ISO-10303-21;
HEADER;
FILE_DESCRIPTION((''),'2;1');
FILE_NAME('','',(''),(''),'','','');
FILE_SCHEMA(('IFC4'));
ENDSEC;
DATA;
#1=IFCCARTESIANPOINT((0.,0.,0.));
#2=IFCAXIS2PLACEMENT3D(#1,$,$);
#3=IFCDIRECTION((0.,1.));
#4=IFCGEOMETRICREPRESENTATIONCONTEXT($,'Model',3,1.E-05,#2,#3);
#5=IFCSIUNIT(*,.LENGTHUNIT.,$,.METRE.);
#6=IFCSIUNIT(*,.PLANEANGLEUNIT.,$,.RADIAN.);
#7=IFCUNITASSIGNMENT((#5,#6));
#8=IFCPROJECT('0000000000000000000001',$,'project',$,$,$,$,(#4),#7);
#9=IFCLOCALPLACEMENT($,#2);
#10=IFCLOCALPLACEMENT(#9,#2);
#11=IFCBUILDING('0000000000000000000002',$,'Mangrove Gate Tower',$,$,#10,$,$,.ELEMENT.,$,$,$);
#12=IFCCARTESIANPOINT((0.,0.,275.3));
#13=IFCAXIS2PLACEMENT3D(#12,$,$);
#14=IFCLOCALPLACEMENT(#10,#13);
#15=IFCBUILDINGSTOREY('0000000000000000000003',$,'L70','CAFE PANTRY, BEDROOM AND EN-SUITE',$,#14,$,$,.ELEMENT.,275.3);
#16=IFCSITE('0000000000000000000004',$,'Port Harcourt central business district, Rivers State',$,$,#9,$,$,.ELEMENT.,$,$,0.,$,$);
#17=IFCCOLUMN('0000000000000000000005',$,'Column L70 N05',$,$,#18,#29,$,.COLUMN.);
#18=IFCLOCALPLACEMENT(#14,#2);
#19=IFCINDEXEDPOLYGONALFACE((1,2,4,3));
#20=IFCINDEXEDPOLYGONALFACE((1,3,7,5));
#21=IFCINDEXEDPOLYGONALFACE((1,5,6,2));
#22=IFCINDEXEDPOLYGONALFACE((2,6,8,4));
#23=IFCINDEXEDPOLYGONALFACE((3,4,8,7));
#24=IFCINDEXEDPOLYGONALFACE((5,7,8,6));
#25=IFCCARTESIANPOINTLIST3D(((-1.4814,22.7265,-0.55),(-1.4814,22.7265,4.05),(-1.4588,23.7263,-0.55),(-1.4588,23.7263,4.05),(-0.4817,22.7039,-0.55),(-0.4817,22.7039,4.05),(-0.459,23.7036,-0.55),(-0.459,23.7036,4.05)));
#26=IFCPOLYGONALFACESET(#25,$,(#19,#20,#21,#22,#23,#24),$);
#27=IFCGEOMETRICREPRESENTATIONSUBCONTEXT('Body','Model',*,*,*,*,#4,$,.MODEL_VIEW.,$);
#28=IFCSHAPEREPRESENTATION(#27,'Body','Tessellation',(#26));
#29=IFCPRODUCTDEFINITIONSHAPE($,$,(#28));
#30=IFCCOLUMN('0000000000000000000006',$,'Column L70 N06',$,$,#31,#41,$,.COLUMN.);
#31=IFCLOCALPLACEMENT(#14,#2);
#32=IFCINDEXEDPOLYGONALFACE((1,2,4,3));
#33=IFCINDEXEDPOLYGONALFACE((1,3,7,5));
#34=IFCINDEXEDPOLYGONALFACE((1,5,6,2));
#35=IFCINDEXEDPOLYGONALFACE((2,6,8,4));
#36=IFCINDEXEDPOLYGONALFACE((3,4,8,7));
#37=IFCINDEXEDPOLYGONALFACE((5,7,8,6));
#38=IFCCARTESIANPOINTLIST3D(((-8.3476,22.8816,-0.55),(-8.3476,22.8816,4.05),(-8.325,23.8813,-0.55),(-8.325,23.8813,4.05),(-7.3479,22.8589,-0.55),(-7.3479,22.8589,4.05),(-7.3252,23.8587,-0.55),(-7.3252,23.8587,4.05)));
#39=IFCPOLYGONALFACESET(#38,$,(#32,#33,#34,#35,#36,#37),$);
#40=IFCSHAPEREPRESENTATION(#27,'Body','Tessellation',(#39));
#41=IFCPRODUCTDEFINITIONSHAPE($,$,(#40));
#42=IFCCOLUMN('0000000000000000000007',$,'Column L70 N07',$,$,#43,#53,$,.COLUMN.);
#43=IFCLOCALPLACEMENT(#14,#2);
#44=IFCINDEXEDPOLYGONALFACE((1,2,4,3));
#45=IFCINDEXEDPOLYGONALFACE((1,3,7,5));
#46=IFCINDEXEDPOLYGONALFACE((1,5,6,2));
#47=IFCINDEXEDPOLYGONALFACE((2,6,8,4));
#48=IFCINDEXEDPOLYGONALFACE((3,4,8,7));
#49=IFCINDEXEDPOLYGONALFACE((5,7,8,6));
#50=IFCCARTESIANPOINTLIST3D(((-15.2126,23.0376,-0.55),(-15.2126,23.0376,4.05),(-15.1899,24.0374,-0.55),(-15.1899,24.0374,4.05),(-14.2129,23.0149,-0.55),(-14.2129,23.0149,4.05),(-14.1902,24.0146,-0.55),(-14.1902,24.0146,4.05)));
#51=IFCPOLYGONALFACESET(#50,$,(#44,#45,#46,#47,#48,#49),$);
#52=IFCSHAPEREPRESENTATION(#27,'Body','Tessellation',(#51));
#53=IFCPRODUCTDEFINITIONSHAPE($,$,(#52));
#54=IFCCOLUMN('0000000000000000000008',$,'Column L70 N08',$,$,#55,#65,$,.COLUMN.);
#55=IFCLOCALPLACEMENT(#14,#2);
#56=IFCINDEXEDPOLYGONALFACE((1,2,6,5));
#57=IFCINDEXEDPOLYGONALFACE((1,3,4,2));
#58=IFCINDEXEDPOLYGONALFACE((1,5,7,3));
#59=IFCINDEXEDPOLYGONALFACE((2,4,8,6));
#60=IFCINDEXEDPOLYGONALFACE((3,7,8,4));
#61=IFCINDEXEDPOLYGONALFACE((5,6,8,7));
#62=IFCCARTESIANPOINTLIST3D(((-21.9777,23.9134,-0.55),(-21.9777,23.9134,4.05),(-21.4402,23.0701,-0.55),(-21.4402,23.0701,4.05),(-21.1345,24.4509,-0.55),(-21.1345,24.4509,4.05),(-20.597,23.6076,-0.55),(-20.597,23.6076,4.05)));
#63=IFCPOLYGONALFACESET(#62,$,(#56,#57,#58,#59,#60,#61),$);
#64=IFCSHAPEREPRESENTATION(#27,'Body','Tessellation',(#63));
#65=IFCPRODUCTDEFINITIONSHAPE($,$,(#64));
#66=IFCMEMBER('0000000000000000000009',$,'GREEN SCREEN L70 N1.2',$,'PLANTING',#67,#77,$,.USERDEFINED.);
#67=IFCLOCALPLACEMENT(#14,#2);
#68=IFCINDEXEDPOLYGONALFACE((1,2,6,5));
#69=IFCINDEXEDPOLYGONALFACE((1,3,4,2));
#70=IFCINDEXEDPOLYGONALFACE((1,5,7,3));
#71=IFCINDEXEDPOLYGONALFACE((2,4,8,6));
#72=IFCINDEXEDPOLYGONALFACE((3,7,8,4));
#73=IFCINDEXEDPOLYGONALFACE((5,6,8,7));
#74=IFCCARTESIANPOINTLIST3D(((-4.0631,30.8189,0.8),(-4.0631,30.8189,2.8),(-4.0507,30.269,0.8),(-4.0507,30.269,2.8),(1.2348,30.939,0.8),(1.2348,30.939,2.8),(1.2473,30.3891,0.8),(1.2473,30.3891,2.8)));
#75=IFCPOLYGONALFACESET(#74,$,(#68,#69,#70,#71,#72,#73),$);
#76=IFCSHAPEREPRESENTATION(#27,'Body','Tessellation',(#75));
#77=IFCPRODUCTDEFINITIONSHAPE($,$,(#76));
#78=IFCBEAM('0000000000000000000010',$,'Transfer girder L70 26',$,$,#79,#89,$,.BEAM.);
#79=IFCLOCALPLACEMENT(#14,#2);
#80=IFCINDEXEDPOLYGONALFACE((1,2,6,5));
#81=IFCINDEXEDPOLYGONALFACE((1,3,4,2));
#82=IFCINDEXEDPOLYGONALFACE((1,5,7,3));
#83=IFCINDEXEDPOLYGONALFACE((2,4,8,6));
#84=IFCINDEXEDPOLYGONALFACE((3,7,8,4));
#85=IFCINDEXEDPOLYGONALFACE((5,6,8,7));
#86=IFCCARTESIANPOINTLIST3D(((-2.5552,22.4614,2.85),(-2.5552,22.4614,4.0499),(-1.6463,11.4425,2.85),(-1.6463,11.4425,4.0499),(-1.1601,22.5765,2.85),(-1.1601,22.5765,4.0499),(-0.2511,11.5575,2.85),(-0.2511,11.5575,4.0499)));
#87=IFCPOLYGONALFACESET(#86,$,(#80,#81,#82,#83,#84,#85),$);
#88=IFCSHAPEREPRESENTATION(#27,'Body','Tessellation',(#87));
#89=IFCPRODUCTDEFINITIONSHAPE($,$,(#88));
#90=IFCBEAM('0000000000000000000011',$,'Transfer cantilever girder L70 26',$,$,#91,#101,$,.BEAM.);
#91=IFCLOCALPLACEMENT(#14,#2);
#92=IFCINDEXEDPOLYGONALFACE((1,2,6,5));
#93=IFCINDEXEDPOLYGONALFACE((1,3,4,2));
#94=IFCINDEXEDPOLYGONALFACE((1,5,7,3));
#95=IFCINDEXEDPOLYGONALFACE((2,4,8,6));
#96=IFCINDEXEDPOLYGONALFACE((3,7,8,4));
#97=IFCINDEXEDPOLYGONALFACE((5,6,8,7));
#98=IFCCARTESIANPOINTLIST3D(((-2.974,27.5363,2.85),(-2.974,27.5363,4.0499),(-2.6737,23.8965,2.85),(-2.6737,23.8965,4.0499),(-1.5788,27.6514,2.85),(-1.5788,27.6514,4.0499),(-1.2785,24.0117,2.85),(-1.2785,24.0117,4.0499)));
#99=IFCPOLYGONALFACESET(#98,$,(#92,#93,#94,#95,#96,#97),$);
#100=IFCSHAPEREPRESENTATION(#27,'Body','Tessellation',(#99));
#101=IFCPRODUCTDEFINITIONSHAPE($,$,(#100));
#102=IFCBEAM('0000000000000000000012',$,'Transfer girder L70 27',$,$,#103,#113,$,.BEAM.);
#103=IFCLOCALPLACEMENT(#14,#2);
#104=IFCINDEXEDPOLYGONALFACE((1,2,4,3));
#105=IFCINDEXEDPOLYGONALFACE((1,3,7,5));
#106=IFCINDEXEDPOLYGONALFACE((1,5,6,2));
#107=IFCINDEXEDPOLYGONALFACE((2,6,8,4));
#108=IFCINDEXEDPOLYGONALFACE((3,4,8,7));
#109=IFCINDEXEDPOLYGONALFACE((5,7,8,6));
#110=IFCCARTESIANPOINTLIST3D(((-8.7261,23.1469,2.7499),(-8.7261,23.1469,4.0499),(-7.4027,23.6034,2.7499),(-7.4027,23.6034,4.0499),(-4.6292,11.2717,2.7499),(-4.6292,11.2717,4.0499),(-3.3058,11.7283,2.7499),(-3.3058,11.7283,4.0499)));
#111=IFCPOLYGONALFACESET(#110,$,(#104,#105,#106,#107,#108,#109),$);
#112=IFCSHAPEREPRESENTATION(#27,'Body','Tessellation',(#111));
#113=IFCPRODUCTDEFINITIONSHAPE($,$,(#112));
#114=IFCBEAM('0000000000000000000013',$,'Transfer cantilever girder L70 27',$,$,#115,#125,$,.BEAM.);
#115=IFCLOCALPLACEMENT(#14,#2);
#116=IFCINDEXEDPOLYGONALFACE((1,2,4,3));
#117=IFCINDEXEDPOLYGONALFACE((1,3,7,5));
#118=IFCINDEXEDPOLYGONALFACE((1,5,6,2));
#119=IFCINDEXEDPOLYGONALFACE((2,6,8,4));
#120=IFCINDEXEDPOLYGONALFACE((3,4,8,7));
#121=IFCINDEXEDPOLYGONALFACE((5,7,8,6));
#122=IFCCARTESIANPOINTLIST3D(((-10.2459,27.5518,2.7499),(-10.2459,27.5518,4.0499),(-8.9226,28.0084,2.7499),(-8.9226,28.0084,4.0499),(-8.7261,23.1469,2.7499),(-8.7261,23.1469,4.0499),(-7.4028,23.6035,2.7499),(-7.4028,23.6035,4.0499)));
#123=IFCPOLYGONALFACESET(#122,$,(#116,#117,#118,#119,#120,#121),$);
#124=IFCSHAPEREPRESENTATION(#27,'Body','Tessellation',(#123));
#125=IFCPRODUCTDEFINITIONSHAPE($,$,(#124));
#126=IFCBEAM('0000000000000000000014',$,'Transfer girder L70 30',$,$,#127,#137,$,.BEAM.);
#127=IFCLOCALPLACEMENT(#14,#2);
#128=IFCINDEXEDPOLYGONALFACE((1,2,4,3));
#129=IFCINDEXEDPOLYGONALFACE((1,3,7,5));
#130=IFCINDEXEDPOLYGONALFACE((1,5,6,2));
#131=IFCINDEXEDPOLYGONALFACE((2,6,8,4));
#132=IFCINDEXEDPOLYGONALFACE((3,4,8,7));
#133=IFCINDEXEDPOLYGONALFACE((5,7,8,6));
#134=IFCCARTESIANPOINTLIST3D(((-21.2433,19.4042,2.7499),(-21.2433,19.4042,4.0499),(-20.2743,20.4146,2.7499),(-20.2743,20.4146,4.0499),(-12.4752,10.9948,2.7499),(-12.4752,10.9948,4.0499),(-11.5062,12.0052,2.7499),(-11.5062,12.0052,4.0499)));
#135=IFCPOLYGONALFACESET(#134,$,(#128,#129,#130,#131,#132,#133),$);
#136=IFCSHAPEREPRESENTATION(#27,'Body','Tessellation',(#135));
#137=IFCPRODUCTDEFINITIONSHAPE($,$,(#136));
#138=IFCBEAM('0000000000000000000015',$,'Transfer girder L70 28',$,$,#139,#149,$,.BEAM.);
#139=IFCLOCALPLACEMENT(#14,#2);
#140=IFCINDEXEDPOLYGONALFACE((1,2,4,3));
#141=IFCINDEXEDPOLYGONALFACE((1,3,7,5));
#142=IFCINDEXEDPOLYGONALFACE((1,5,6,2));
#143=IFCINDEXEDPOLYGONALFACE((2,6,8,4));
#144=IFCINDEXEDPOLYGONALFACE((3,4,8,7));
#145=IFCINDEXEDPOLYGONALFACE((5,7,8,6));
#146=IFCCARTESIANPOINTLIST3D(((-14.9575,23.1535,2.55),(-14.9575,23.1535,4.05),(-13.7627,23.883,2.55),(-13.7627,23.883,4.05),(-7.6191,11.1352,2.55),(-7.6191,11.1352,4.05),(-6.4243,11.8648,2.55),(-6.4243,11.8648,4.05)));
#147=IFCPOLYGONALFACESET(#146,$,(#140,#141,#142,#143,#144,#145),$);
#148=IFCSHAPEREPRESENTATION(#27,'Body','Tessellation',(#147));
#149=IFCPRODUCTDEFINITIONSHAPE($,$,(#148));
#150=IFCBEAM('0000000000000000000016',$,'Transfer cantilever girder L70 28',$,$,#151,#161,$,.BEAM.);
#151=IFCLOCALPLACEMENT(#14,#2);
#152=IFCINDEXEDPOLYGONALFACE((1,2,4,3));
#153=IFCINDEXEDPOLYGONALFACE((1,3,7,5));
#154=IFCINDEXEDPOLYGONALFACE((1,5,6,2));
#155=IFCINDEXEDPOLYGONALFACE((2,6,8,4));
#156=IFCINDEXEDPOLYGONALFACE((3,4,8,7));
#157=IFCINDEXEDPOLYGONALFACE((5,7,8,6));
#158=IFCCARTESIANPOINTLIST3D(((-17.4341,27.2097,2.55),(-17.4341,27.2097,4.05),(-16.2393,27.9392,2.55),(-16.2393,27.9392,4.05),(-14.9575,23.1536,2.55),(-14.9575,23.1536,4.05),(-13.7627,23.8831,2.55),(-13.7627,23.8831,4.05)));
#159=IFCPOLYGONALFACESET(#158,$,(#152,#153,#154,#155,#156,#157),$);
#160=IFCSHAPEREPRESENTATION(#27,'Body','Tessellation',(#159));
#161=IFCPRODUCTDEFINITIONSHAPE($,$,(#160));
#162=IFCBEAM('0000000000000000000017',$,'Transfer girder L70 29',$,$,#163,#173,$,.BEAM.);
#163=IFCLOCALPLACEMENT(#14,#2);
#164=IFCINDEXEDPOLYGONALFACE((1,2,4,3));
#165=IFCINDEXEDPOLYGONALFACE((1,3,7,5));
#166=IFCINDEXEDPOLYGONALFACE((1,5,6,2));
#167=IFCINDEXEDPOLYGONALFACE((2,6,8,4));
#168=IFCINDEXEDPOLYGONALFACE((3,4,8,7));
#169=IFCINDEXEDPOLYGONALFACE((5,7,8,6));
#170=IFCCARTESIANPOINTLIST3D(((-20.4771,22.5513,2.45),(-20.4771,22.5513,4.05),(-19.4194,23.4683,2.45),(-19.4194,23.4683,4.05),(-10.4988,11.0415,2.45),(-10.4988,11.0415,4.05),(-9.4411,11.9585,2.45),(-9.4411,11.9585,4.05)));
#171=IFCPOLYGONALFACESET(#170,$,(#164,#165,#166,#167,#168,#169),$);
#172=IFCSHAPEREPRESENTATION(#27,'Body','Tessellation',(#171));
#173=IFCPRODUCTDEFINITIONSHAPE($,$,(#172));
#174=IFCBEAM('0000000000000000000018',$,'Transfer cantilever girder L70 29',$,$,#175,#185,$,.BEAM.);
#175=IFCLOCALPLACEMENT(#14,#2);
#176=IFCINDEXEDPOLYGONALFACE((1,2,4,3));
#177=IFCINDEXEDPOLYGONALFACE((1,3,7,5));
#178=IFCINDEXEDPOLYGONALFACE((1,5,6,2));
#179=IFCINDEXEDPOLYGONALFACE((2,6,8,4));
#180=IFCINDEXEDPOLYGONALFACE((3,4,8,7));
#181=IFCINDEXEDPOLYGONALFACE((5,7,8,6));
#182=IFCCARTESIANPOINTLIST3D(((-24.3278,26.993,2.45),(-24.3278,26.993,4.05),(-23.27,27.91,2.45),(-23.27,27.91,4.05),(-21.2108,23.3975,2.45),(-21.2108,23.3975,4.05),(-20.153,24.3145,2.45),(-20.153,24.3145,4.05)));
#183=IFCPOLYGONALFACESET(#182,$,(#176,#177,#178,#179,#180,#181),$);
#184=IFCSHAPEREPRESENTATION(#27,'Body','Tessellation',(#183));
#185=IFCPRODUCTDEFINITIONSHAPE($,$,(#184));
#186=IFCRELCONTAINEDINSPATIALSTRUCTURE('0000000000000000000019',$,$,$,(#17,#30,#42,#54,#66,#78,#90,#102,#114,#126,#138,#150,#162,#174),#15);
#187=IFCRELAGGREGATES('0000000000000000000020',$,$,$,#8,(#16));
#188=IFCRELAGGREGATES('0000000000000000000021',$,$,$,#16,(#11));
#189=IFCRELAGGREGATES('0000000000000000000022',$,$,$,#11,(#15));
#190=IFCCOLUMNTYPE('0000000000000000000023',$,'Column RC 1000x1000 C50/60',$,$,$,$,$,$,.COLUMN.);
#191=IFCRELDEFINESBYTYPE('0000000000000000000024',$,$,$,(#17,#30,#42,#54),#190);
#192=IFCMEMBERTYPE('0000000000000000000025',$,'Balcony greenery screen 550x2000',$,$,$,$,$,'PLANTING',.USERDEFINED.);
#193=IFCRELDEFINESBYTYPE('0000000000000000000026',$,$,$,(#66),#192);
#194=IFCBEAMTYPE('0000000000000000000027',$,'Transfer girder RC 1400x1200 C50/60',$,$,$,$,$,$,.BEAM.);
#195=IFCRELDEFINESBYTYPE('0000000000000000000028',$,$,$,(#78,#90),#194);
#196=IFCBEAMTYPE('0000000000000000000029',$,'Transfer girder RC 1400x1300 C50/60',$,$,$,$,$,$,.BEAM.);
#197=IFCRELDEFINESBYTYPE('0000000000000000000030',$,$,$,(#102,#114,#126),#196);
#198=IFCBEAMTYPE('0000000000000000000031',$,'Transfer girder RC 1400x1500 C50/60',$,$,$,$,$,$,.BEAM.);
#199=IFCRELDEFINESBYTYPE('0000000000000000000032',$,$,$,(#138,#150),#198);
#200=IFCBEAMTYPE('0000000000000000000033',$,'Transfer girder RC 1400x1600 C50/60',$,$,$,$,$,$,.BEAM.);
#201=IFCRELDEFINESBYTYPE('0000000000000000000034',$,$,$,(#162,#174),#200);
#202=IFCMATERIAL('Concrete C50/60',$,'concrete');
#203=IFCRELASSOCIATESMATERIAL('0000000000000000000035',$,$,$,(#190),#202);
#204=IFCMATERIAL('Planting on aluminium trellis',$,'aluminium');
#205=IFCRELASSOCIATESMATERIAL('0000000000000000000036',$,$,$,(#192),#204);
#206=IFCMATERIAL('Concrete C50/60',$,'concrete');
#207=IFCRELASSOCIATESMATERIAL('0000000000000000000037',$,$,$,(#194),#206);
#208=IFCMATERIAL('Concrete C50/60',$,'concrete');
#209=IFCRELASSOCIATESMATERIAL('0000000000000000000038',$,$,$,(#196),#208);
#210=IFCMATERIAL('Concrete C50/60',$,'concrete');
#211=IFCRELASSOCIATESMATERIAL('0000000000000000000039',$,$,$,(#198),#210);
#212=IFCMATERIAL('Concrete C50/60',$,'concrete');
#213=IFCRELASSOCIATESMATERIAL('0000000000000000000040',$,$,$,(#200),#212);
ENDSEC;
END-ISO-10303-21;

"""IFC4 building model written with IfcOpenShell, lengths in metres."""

from ifc_helpers import new_model, si_unit, direction, frame, origin, origin_2d, place, context, subcontext, project, spatial, rectangle, extrude, material, material_profile, profile_set, type_object, element, save


model = new_model("IFC4")

# Units and contexts
model_context = context("Model", 3, precision=1e-05, world=origin(), true_north=direction((0.0, 1.0)))
body_context = subcontext(model_context, "Body", "Model", "MODEL_VIEW")
ifc_project = project(units=[si_unit("LENGTHUNIT", "METRE"), si_unit("PLANEANGLEUNIT", "RADIAN")], contexts=[model_context])

# Site, building, storey
site_placement = place(None, origin())
site = spatial("IfcSite", under=ifc_project, at=site_placement, Name="Port Harcourt central business district, Rivers State", CompositionType="ELEMENT", RefElevation=0.0)
building_placement = place(site_placement, origin())
building = spatial("IfcBuilding", under=site, at=building_placement, Name="Mangrove Gate Tower", CompositionType="ELEMENT")
storey_placement = place(building_placement, frame((0.0, 0.0, 275.3)))
storey = spatial("IfcBuildingStorey", under=building, at=storey_placement, Name="L70", Description="CAFE PANTRY, BEDROOM AND EN-SUITE", CompositionType="ELEMENT", Elevation=275.3)

# Columns
ifc_material_1 = material(Name="Concrete C50/60", Category="concrete")
ifc_material_profile_1 = material_profile(ifc_material_1, rectangle(XDim=1.0, YDim=1.0, at=origin_2d()))
ifc_profile_set_1 = profile_set([ifc_material_profile_1], Name="Concrete C50/60")
column_type = type_object("IfcColumnType", Name="Column RC 1000x1000 C50/60", PredefinedType="COLUMN", material=ifc_profile_set_1)
for number, where, z_axis, x_axis, name in (
    (1, (-0.9702, 23.2151, -0.55), (0.0, 0.0, 1.0), (-0.999744, 0.022642, 0.0), "Column L70 N05"),
    (2, (-7.8364, 23.3701, -0.55), (0.0, 0.0, 1.0), (-0.999744, 0.022644, 0.0), "Column L70 N06"),
    (3, (-14.7014, 23.5261, -0.55), (0.0, 0.0, 1.0), (-0.999742, 0.022716, 0.0), "Column L70 N07"),
    (4, (-21.2874, 23.7605, -0.55), (0.0, 0.0, 1.0), (-0.843248, -0.537525, 0.0), "Column L70 N08"),
):
    element("IfcColumn", number, at=place(storey_placement, frame(where, z_axis=z_axis, x_axis=x_axis)), inside=storey, type_object=column_type, Name=name, PredefinedType="COLUMN", context=body_context, shape_type="SweptSolid", body=[
        extrude(rectangle(XDim=1.0, YDim=1.0, at=origin_2d()), origin(), (0.0, 0.0, 1.0), 4.6001),
    ])

# Member
ifc_material_2 = material(Name="Planting on aluminium trellis", Category="aluminium")
ifc_material_profile_2 = material_profile(ifc_material_2, rectangle(XDim=0.55, YDim=2.0, at=origin_2d()))
ifc_profile_set_2 = profile_set([ifc_material_profile_2], Name="Planting on aluminium trellis")
member_type = type_object("IfcMemberType", Name="Balcony greenery screen 550x2000", ElementType="PLANTING", PredefinedType="USERDEFINED", material=ifc_profile_set_2)
member_placement = place(storey_placement, frame((-4.0569, 30.5439, 1.8), z_axis=(0.999743, 0.022667, 0.0), x_axis=(-0.022667, 0.999743, 0.0)))
element("IfcMember", 5, at=member_placement, inside=storey, type_object=member_type, Name="GREEN SCREEN L70 N1.2", ObjectType="PLANTING", PredefinedType="USERDEFINED", context=body_context, shape_type="SweptSolid", body=[
    extrude(rectangle(XDim=0.55, YDim=2.0, at=origin_2d()), origin(), (0.0, 0.0, 1.0), 5.2993),
])

# Beams
ifc_material_3 = material(Name="Concrete C50/60", Category="concrete")
ifc_material_profile_3 = material_profile(ifc_material_3, rectangle(XDim=1.3999, YDim=1.2, at=origin_2d()))
ifc_profile_set_3 = profile_set([ifc_material_profile_3], Name="Concrete C50/60")
beam_type_1 = type_object("IfcBeamType", Name="Transfer girder RC 1400x1200 C50/60", PredefinedType="BEAM", material=ifc_profile_set_3)
beam_1_placement = place(storey_placement, frame((-0.9487, 11.5, 3.45), z_axis=(-0.082208, 0.996615, 0.0), x_axis=(-0.996615, -0.082208, 0.0)))
element("IfcBeam", 6, at=beam_1_placement, inside=storey, type_object=beam_type_1, Name="Transfer girder L70 26", PredefinedType="BEAM", context=body_context, shape_type="SweptSolid", body=[
    extrude(rectangle(XDim=1.3999, YDim=1.2, at=origin_2d()), origin(), (0.0, 0.0, 1.0), 11.0564),
])
beam_2_placement = place(storey_placement, frame((-1.9761, 23.9541, 3.45), z_axis=(-0.082227, 0.996614, 0.0), x_axis=(-0.996614, -0.082227, 0.0)))
element("IfcBeam", 7, at=beam_2_placement, inside=storey, type_object=beam_type_1, Name="Transfer cantilever girder L70 26", PredefinedType="BEAM", context=body_context, shape_type="SweptSolid", body=[
    extrude(rectangle(XDim=1.3999, YDim=1.2, at=origin_2d()), origin(), (0.0, 0.0, 1.0), 3.6521),
])
ifc_material_4 = material(Name="Concrete C50/60", Category="concrete")
ifc_material_profile_4 = material_profile(ifc_material_4, rectangle(XDim=1.3999, YDim=1.3, at=origin_2d()))
ifc_profile_set_4 = profile_set([ifc_material_profile_4], Name="Concrete C50/60")
beam_type_2 = type_object("IfcBeamType", Name="Transfer girder RC 1400x1300 C50/60", PredefinedType="BEAM", material=ifc_profile_set_4)
beam_3_placement = place(storey_placement, frame((-3.9675, 11.5, 3.3999), z_axis=(-0.326134, 0.945324, 0.0), x_axis=(-0.945324, -0.326134, 0.0)))
element("IfcBeam", 8, at=beam_3_placement, inside=storey, type_object=beam_type_2, Name="Transfer girder L70 27", PredefinedType="BEAM", context=body_context, shape_type="SweptSolid", body=[
    extrude(rectangle(XDim=1.3999, YDim=1.3, at=origin_2d()), origin(), (0.0, 0.0, 1.0), 12.562),
])
beam_4_placement = place(storey_placement, frame((-8.0645, 23.3752, 3.3999), z_axis=(-0.32616, 0.945315, 0.0), x_axis=(-0.945315, -0.32616, 0.0)))
element("IfcBeam", 9, at=beam_4_placement, inside=storey, type_object=beam_type_2, Name="Transfer cantilever girder L70 27", PredefinedType="BEAM", context=body_context, shape_type="SweptSolid", body=[
    extrude(rectangle(XDim=1.3999, YDim=1.3, at=origin_2d()), origin(), (0.0, 0.0, 1.0), 4.6597),
])
beam_5_placement = place(storey_placement, frame((-11.9907, 11.5, 3.3999), z_axis=(-0.721713, 0.692193, 0.0), x_axis=(-0.692193, -0.721713, 0.0)))
element("IfcBeam", 10, at=beam_5_placement, inside=storey, type_object=beam_type_2, Name="Transfer girder L70 30", PredefinedType="BEAM", context=body_context, shape_type="SweptSolid", body=[
    extrude(rectangle(XDim=1.3999, YDim=1.3, at=origin_2d()), origin(), (0.0, 0.0, 1.0), 12.1489),
])
ifc_material_5 = material(Name="Concrete C50/60", Category="concrete")
ifc_material_profile_5 = material_profile(ifc_material_5, rectangle(XDim=1.3999, YDim=1.5, at=origin_2d()))
ifc_profile_set_5 = profile_set([ifc_material_profile_5], Name="Concrete C50/60")
beam_type_3 = type_object("IfcBeamType", Name="Transfer girder RC 1400x1500 C50/60", PredefinedType="BEAM", material=ifc_profile_set_5)
beam_6_placement = place(storey_placement, frame((-7.0217, 11.5, 3.3), z_axis=(-0.521132, 0.853476, 0.0), x_axis=(-0.853476, -0.521132, 0.0)))
element("IfcBeam", 11, at=beam_6_placement, inside=storey, type_object=beam_type_3, Name="Transfer girder L70 28", PredefinedType="BEAM", context=body_context, shape_type="SweptSolid", body=[
    extrude(rectangle(XDim=1.3999, YDim=1.5, at=origin_2d()), origin(), (0.0, 0.0, 1.0), 14.0815),
])
beam_7_placement = place(storey_placement, frame((-14.3601, 23.5183, 3.3), z_axis=(-0.521113, 0.853487, 0.0), x_axis=(-0.853487, -0.521113, 0.0)))
element("IfcBeam", 12, at=beam_7_placement, inside=storey, type_object=beam_type_3, Name="Transfer cantilever girder L70 28", PredefinedType="BEAM", context=body_context, shape_type="SweptSolid", body=[
    extrude(rectangle(XDim=1.3999, YDim=1.5, at=origin_2d()), origin(), (0.0, 0.0, 1.0), 4.7524),
])
ifc_material_6 = material(Name="Concrete C50/60", Category="concrete")
ifc_material_profile_6 = material_profile(ifc_material_6, rectangle(XDim=1.3999, YDim=1.6001, at=origin_2d()))
ifc_profile_set_6 = profile_set([ifc_material_profile_6], Name="Concrete C50/60")
beam_type_4 = type_object("IfcBeamType", Name="Transfer girder RC 1400x1600 C50/60", PredefinedType="BEAM", material=ifc_profile_set_6)
beam_8_placement = place(storey_placement, frame((-9.97, 11.5, 3.25), z_axis=(-0.655048, 0.755587, 0.0), x_axis=(-0.755587, -0.655048, 0.0)))
element("IfcBeam", 13, at=beam_8_placement, inside=storey, type_object=beam_type_4, Name="Transfer girder L70 29", PredefinedType="BEAM", context=body_context, shape_type="SweptSolid", body=[
    extrude(rectangle(XDim=1.3999, YDim=1.6001, at=origin_2d()), origin(), (0.0, 0.0, 1.0), 15.2329),
])
beam_9_placement = place(storey_placement, frame((-20.6819, 23.856, 3.25), z_axis=(-0.655036, 0.755598, 0.0), x_axis=(-0.755598, -0.655036, 0.0)))
element("IfcBeam", 14, at=beam_9_placement, inside=storey, type_object=beam_type_4, Name="Transfer cantilever girder L70 29", PredefinedType="BEAM", context=body_context, shape_type="SweptSolid", body=[
    extrude(rectangle(XDim=1.3999, YDim=1.6001, at=origin_2d()), origin(), (0.0, 0.0, 1.0), 4.7585),
])

save(model, "model.ifc")
